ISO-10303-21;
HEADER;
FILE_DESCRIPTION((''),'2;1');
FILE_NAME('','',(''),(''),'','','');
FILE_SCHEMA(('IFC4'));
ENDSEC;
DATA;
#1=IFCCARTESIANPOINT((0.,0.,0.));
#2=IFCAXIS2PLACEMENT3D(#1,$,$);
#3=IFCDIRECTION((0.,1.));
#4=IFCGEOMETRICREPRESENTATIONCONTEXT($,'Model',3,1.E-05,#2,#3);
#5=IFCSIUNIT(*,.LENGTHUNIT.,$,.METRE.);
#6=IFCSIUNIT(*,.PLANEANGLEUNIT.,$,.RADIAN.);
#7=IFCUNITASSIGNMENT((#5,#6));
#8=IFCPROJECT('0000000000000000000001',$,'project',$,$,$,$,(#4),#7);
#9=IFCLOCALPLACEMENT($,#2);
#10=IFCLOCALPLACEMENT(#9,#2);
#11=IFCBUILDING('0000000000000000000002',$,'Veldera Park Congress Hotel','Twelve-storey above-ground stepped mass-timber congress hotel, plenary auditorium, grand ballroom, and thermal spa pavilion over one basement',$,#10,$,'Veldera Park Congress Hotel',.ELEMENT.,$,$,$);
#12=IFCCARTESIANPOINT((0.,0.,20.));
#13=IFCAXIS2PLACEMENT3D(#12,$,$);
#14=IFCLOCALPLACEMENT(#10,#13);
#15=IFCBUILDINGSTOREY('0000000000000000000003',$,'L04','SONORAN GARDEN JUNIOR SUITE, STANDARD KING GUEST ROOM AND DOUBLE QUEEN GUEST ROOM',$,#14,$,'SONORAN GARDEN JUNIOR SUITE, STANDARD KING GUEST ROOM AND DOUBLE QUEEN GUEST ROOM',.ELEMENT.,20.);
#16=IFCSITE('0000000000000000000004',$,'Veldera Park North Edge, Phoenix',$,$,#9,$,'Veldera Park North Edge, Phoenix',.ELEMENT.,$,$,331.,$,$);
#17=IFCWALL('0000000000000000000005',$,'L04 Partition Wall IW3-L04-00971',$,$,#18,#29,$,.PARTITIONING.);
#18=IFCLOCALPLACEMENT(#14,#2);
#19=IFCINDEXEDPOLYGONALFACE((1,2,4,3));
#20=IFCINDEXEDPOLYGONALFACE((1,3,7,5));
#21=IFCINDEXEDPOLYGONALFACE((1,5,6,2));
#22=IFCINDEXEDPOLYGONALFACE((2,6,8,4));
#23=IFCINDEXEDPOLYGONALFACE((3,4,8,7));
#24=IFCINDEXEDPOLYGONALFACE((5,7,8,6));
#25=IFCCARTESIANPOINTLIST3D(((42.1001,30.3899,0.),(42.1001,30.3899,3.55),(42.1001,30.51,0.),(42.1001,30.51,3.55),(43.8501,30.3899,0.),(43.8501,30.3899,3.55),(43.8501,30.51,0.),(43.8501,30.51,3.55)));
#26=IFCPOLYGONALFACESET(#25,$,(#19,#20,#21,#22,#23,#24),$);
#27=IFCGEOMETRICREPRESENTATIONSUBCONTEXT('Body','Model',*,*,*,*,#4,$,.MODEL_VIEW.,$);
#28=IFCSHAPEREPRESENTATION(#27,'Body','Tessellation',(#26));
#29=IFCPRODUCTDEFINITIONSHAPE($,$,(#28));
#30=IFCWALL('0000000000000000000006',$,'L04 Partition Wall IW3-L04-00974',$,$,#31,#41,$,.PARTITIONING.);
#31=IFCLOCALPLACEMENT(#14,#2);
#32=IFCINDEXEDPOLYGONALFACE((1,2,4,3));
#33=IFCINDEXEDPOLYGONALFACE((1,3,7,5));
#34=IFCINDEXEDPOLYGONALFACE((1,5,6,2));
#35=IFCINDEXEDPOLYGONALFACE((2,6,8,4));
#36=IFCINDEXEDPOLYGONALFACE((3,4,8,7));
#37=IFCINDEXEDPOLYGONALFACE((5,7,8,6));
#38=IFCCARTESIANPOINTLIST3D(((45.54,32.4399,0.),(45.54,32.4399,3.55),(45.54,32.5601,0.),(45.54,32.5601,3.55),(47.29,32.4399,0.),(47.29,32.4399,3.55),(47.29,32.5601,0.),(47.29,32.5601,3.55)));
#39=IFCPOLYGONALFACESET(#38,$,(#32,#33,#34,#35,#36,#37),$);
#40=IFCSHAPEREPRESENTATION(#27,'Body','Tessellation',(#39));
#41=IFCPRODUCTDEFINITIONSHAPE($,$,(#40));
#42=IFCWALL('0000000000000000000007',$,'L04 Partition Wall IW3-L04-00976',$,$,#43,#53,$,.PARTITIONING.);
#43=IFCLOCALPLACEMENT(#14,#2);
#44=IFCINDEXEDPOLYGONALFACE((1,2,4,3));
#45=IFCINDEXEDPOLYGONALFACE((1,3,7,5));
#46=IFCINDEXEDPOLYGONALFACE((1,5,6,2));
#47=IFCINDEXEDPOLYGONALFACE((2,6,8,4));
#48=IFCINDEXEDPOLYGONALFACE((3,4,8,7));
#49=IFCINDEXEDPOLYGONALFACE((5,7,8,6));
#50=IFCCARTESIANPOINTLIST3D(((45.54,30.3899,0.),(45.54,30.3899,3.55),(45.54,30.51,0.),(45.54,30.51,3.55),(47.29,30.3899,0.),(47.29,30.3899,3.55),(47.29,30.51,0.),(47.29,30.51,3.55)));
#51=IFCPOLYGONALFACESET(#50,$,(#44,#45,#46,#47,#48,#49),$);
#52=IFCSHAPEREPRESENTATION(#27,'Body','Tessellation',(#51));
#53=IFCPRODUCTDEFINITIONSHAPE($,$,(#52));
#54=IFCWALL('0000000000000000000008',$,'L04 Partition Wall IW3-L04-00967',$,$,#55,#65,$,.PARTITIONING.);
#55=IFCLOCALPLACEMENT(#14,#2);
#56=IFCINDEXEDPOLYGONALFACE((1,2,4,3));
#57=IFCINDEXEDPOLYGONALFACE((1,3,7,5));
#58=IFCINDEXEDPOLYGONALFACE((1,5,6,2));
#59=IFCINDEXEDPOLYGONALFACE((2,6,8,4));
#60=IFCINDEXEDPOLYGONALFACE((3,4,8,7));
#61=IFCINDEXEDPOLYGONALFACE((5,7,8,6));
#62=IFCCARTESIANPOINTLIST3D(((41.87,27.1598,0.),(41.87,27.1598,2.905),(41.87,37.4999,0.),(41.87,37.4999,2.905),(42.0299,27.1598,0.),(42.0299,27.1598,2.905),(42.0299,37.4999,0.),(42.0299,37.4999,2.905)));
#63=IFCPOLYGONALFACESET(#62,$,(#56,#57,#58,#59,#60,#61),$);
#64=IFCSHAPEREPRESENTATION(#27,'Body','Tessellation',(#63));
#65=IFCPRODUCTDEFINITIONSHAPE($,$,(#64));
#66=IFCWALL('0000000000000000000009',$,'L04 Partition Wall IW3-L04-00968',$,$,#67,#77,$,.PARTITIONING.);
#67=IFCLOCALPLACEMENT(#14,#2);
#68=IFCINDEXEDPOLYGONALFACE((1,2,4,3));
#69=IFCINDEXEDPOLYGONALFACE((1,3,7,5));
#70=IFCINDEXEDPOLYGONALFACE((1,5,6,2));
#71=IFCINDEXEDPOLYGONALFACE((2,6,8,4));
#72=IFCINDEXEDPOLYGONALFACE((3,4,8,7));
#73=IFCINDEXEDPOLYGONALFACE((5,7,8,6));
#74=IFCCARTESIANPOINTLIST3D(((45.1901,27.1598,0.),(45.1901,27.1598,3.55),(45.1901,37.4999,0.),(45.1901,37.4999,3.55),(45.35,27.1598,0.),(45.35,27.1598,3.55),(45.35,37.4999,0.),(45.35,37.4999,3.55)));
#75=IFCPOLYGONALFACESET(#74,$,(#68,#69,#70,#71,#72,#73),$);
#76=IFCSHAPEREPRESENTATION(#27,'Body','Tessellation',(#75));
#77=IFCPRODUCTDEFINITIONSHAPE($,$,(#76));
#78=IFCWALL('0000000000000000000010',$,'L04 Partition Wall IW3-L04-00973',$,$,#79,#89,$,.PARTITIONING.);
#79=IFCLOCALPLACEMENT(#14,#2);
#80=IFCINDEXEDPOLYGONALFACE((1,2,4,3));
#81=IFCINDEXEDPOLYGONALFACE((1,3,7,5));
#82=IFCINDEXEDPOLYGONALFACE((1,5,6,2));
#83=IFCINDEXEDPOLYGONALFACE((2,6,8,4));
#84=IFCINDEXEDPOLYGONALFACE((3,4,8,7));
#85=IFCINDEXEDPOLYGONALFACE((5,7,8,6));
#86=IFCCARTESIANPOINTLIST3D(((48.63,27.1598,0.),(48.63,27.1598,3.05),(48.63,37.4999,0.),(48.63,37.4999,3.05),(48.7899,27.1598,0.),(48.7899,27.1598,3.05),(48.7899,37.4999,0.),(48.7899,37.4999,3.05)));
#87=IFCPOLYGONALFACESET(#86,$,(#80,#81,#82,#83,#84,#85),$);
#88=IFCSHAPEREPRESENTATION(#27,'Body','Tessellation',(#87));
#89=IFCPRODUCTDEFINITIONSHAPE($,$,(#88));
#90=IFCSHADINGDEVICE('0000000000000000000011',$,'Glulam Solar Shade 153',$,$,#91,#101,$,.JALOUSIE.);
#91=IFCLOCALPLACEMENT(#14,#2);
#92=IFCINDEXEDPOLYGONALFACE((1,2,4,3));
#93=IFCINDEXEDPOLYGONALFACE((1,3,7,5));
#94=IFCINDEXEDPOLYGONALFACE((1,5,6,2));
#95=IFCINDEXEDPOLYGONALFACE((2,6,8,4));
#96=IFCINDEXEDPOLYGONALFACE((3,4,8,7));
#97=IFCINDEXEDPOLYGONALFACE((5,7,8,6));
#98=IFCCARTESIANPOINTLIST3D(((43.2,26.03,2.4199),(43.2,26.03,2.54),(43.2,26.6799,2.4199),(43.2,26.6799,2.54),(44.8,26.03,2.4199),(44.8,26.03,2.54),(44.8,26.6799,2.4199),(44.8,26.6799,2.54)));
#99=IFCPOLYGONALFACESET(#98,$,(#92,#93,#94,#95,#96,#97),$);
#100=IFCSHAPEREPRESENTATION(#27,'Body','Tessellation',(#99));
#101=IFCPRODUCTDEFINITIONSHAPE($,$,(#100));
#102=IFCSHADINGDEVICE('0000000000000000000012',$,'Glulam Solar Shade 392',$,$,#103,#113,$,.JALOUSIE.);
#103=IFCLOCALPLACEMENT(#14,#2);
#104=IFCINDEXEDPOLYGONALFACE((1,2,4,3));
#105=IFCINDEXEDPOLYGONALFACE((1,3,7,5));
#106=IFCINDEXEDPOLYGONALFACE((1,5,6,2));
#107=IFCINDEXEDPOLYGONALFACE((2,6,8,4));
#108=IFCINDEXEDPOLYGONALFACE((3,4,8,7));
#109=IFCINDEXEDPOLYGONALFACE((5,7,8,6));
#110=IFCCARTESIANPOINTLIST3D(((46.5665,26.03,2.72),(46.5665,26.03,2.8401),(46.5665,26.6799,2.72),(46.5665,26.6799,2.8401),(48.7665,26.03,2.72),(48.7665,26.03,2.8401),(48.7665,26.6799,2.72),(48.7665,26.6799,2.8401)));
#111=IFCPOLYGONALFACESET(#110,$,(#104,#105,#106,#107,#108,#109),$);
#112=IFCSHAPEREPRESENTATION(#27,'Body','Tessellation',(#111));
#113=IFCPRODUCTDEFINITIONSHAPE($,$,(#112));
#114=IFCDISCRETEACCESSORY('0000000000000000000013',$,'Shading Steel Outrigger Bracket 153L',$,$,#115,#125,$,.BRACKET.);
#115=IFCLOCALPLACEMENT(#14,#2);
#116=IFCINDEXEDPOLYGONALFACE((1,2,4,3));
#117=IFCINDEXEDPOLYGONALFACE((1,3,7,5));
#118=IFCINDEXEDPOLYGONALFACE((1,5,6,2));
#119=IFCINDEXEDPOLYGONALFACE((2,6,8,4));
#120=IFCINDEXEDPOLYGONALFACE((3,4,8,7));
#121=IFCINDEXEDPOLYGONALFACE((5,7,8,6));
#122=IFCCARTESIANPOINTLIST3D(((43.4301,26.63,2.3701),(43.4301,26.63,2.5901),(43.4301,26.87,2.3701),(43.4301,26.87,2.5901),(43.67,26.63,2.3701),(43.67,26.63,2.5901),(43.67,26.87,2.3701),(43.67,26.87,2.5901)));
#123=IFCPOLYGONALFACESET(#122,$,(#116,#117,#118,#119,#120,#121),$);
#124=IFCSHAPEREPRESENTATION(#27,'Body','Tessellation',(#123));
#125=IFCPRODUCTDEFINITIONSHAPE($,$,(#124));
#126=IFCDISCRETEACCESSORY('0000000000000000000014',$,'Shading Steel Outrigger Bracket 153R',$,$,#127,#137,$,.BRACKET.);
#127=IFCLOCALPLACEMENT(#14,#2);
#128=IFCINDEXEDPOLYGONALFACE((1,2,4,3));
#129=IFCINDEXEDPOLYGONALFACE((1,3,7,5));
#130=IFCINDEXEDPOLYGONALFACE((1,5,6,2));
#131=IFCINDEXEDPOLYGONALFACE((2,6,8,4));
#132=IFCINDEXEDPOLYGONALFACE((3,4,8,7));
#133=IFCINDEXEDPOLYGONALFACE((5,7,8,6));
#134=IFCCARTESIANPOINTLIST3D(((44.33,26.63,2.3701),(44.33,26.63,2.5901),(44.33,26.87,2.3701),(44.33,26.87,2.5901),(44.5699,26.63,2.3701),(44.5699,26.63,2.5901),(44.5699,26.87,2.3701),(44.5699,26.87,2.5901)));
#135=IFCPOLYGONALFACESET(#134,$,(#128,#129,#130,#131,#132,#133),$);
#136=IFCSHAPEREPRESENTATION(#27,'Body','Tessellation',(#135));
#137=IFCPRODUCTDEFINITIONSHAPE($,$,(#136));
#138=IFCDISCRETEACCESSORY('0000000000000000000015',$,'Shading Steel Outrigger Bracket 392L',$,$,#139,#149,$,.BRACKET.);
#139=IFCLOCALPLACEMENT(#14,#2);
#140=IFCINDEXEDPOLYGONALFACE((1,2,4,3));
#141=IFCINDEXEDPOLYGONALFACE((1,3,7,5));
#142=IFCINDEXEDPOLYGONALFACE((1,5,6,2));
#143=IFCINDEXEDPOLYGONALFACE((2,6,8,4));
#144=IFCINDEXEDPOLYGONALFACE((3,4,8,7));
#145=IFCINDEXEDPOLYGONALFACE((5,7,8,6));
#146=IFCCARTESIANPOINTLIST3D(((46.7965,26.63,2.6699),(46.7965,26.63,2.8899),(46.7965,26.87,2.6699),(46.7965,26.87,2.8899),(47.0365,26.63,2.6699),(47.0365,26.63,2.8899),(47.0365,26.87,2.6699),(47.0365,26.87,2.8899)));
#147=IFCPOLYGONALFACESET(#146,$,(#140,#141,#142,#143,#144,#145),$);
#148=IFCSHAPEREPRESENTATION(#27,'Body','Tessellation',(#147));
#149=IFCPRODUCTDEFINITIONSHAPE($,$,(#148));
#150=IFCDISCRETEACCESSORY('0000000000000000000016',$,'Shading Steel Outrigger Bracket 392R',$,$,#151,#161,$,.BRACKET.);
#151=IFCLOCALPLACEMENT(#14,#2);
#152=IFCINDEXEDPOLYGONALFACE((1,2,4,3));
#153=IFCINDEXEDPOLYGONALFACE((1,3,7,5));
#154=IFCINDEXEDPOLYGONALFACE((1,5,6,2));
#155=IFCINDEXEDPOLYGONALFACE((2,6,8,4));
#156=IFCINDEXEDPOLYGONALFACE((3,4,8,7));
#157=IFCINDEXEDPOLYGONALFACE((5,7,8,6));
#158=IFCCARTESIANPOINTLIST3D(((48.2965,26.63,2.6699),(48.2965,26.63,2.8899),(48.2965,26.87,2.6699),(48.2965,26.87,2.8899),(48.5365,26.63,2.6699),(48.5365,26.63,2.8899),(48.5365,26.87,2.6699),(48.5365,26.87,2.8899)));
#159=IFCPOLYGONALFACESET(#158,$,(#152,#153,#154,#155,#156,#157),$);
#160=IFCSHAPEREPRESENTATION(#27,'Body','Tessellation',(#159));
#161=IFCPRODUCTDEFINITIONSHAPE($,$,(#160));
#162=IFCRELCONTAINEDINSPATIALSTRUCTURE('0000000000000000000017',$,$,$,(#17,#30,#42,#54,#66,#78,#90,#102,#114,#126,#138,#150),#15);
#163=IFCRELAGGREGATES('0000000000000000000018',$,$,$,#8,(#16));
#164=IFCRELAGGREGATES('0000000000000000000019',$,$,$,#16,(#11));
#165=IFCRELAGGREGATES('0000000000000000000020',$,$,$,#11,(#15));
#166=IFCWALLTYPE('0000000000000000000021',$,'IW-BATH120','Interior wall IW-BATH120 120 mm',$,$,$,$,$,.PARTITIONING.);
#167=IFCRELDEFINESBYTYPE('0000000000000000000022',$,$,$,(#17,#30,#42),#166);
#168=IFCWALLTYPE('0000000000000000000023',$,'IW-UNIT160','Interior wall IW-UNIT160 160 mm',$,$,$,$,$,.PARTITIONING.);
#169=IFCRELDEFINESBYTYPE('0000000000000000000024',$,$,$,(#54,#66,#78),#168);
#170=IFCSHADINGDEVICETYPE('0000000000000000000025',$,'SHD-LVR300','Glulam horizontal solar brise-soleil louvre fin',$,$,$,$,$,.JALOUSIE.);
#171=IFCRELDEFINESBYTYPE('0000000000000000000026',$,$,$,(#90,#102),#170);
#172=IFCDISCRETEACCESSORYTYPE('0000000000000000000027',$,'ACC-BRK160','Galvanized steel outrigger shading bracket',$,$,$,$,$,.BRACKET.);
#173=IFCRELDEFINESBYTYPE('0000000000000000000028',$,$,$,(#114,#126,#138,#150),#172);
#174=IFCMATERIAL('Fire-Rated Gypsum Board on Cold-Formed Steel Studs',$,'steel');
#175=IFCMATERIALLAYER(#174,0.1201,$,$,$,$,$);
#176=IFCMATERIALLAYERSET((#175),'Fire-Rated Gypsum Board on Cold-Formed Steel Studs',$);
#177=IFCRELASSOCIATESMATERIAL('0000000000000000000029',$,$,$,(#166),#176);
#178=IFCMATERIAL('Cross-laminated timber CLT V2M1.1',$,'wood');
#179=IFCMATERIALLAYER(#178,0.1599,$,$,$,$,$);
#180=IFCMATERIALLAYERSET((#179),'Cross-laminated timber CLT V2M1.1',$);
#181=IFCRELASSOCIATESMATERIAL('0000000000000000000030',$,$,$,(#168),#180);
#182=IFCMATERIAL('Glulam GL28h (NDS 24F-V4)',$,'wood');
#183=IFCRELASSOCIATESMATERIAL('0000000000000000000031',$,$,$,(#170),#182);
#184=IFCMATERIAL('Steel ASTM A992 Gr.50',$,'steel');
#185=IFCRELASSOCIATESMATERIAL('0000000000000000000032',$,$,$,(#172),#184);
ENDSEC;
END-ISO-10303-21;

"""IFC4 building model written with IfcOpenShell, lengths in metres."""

from ifc_helpers import new_model, si_unit, direction, frame, frame_2d, origin, origin_2d, place, context, subcontext, project, spatial, rectangle, extrude, material, layer, layer_set, type_object, element, save


model = new_model("IFC4")

# Units and contexts
model_context = context("Model", 3, precision=1e-05, world=origin(), true_north=direction((0.0, 1.0)))
body_context = subcontext(model_context, "Body", "Model", "MODEL_VIEW")
ifc_project = project(units=[si_unit("LENGTHUNIT", "METRE"), si_unit("PLANEANGLEUNIT", "RADIAN")], contexts=[model_context])

# Site, building, storey
site_placement = place(None, origin())
site = spatial("IfcSite", under=ifc_project, at=site_placement, Name="Veldera Park North Edge, Phoenix", LongName="Veldera Park North Edge, Phoenix", CompositionType="ELEMENT", RefElevation=331.0)
building_placement = place(site_placement, origin())
building = spatial("IfcBuilding", under=site, at=building_placement, Name="Veldera Park Congress Hotel", Description="Twelve-storey above-ground stepped mass-timber congress hotel, plenary auditorium, grand ballroom, and thermal spa pavilion over one basement", LongName="Veldera Park Congress Hotel", CompositionType="ELEMENT")
storey_placement = place(building_placement, frame((0.0, 0.0, 20.0)))
storey = spatial("IfcBuildingStorey", under=building, at=storey_placement, Name="L04", Description="SONORAN GARDEN JUNIOR SUITE, STANDARD KING GUEST ROOM AND DOUBLE QUEEN GUEST ROOM", LongName="SONORAN GARDEN JUNIOR SUITE, STANDARD KING GUEST ROOM AND DOUBLE QUEEN GUEST ROOM", CompositionType="ELEMENT", Elevation=20.0)

# Shared definitions
ifc_material_1 = material(Name="Glulam GL28h (NDS 24F-V4)", Category="wood")

# Shared definitions
ifc_material_2 = material(Name="Cross-laminated timber CLT V2M1.1", Category="wood")

# Shared definitions
ifc_material_3 = material(Name="Fire-Rated Gypsum Board on Cold-Formed Steel Studs", Category="steel")
ifc_layer_1 = layer(ifc_material_3, 0.1201)
ifc_layer_set_1 = layer_set([ifc_layer_1], Name="Fire-Rated Gypsum Board on Cold-Formed Steel Studs")
wall_type_1 = type_object("IfcWallType", Name="IW-BATH120", Description="Interior wall IW-BATH120 120 mm", PredefinedType="PARTITIONING", material=ifc_layer_set_1)

# Walls
for number, where, z_axis, x_axis, name in (
    (1, (42.1001, 30.45, 0.0), (0.0, 0.0, 1.0), (1.0, 0.0, 0.0), "L04 Partition Wall IW3-L04-00971"),
    (2, (45.54, 32.5, 0.0), (0.0, 0.0, 1.0), (1.0, 0.0, 0.0), "L04 Partition Wall IW3-L04-00974"),
):
    element("IfcWall", number, at=place(storey_placement, frame(where, z_axis=z_axis, x_axis=x_axis)), inside=storey, type_object=wall_type_1, Name=name, PredefinedType="PARTITIONING", context=body_context, shape_type="SweptSolid", body=[
        extrude(rectangle(XDim=1.75, YDim=0.1201, at=frame_2d((0.875, 0.0))), origin(), (0.0, 0.0, 1.0), 3.55),
    ])

# Walls
wall_1_placement = place(storey_placement, frame((45.54, 30.45, 0.0), z_axis=(0.0, 0.0, 1.0), x_axis=(1.0, 0.0, 0.0)))
element("IfcWall", 3, at=wall_1_placement, inside=storey, type_object=wall_type_1, Name="L04 Partition Wall IW3-L04-00976", PredefinedType="PARTITIONING", context=body_context, shape_type="SweptSolid", body=[
    extrude(rectangle(XDim=1.75, YDim=0.1201, at=frame_2d((0.875, 0.0))), origin(), (0.0, 0.0, 1.0), 3.55),
])
ifc_layer_2 = layer(ifc_material_2, 0.1599)
ifc_layer_set_2 = layer_set([ifc_layer_2], Name="Cross-laminated timber CLT V2M1.1")
wall_type_2 = type_object("IfcWallType", Name="IW-UNIT160", Description="Interior wall IW-UNIT160 160 mm", PredefinedType="PARTITIONING", material=ifc_layer_set_2)
wall_2_placement = place(storey_placement, frame((41.95, 27.1599, 0.0), z_axis=(0.0, 0.0, 1.0), x_axis=(0.0, 1.0, 0.0)))
element("IfcWall", 4, at=wall_2_placement, inside=storey, type_object=wall_type_2, Name="L04 Partition Wall IW3-L04-00967", PredefinedType="PARTITIONING", context=body_context, shape_type="SweptSolid", body=[
    extrude(rectangle(XDim=10.3401, YDim=0.1599, at=frame_2d((5.1699, 0.0))), origin(), (0.0, 0.0, 1.0), 2.905),
])
wall_3_placement = place(storey_placement, frame((45.27, 27.1599, 0.0), z_axis=(0.0, 0.0, 1.0), x_axis=(0.0, 1.0, 0.0)))
element("IfcWall", 5, at=wall_3_placement, inside=storey, type_object=wall_type_2, Name="L04 Partition Wall IW3-L04-00968", PredefinedType="PARTITIONING", context=body_context, shape_type="SweptSolid", body=[
    extrude(rectangle(XDim=10.3401, YDim=0.1599, at=frame_2d((5.1699, 0.0))), origin(), (0.0, 0.0, 1.0), 3.55),
])
wall_4_placement = place(storey_placement, frame((48.71, 27.1599, 0.0), z_axis=(0.0, 0.0, 1.0), x_axis=(0.0, 1.0, 0.0)))
element("IfcWall", 6, at=wall_4_placement, inside=storey, type_object=wall_type_2, Name="L04 Partition Wall IW3-L04-00973", PredefinedType="PARTITIONING", context=body_context, shape_type="SweptSolid", body=[
    extrude(rectangle(XDim=10.3401, YDim=0.1599, at=frame_2d((5.1699, 0.0))), origin(), (0.0, 0.0, 1.0), 3.05),
])

# Shading devices
shading_device_type = type_object("IfcShadingDeviceType", Name="SHD-LVR300", Description="Glulam horizontal solar brise-soleil louvre fin", PredefinedType="JALOUSIE", material=ifc_material_1)
shading_device_1_placement = place(storey_placement, frame((44.0, 26.355, 2.4199), z_axis=(0.0, 0.0, 1.0), x_axis=(1.0, 0.0, 0.0)))
element("IfcShadingDevice", 7, at=shading_device_1_placement, inside=storey, type_object=shading_device_type, Name="Glulam Solar Shade 153", PredefinedType="JALOUSIE", context=body_context, shape_type="SweptSolid", body=[
    extrude(rectangle(XDim=1.6001, YDim=0.6499, at=origin_2d()), origin(), (0.0, 0.0, 1.0), 0.1201),
])
shading_device_2_placement = place(storey_placement, frame((47.6665, 26.355, 2.72), z_axis=(0.0, 0.0, 1.0), x_axis=(1.0, 0.0, 0.0)))
element("IfcShadingDevice", 8, at=shading_device_2_placement, inside=storey, type_object=shading_device_type, Name="Glulam Solar Shade 392", PredefinedType="JALOUSIE", context=body_context, shape_type="SweptSolid", body=[
    extrude(rectangle(XDim=2.2, YDim=0.6499, at=origin_2d()), origin(), (0.0, 0.0, 1.0), 0.1201),
])

# Discrete accessories
ifc_material_4 = material(Name="Steel ASTM A992 Gr.50", Category="steel")
discrete_accessory_type = type_object("IfcDiscreteAccessoryType", Name="ACC-BRK160", Description="Galvanized steel outrigger shading bracket", PredefinedType="BRACKET", material=ifc_material_4)
for number, where, z_axis, x_axis, name in (
    (9, (43.55, 26.75, 2.3701), (0.0, 0.0, 1.0), (1.0, 0.0, 0.0), "Shading Steel Outrigger Bracket 153L"),
    (10, (44.45, 26.75, 2.3701), (0.0, 0.0, 1.0), (1.0, 0.0, 0.0), "Shading Steel Outrigger Bracket 153R"),
    (11, (46.9165, 26.75, 2.6699), (0.0, 0.0, 1.0), (1.0, 0.0, 0.0), "Shading Steel Outrigger Bracket 392L"),
    (12, (48.4165, 26.75, 2.6699), (0.0, 0.0, 1.0), (1.0, 0.0, 0.0), "Shading Steel Outrigger Bracket 392R"),
):
    element("IfcDiscreteAccessory", number, at=place(storey_placement, frame(where, z_axis=z_axis, x_axis=x_axis)), inside=storey, type_object=discrete_accessory_type, Name=name, PredefinedType="BRACKET", context=body_context, shape_type="SweptSolid", body=[
        extrude(rectangle(XDim=0.24, YDim=0.24, at=origin_2d()), origin(), (0.0, 0.0, 1.0), 0.22),
    ])

save(model, "model.ifc")
